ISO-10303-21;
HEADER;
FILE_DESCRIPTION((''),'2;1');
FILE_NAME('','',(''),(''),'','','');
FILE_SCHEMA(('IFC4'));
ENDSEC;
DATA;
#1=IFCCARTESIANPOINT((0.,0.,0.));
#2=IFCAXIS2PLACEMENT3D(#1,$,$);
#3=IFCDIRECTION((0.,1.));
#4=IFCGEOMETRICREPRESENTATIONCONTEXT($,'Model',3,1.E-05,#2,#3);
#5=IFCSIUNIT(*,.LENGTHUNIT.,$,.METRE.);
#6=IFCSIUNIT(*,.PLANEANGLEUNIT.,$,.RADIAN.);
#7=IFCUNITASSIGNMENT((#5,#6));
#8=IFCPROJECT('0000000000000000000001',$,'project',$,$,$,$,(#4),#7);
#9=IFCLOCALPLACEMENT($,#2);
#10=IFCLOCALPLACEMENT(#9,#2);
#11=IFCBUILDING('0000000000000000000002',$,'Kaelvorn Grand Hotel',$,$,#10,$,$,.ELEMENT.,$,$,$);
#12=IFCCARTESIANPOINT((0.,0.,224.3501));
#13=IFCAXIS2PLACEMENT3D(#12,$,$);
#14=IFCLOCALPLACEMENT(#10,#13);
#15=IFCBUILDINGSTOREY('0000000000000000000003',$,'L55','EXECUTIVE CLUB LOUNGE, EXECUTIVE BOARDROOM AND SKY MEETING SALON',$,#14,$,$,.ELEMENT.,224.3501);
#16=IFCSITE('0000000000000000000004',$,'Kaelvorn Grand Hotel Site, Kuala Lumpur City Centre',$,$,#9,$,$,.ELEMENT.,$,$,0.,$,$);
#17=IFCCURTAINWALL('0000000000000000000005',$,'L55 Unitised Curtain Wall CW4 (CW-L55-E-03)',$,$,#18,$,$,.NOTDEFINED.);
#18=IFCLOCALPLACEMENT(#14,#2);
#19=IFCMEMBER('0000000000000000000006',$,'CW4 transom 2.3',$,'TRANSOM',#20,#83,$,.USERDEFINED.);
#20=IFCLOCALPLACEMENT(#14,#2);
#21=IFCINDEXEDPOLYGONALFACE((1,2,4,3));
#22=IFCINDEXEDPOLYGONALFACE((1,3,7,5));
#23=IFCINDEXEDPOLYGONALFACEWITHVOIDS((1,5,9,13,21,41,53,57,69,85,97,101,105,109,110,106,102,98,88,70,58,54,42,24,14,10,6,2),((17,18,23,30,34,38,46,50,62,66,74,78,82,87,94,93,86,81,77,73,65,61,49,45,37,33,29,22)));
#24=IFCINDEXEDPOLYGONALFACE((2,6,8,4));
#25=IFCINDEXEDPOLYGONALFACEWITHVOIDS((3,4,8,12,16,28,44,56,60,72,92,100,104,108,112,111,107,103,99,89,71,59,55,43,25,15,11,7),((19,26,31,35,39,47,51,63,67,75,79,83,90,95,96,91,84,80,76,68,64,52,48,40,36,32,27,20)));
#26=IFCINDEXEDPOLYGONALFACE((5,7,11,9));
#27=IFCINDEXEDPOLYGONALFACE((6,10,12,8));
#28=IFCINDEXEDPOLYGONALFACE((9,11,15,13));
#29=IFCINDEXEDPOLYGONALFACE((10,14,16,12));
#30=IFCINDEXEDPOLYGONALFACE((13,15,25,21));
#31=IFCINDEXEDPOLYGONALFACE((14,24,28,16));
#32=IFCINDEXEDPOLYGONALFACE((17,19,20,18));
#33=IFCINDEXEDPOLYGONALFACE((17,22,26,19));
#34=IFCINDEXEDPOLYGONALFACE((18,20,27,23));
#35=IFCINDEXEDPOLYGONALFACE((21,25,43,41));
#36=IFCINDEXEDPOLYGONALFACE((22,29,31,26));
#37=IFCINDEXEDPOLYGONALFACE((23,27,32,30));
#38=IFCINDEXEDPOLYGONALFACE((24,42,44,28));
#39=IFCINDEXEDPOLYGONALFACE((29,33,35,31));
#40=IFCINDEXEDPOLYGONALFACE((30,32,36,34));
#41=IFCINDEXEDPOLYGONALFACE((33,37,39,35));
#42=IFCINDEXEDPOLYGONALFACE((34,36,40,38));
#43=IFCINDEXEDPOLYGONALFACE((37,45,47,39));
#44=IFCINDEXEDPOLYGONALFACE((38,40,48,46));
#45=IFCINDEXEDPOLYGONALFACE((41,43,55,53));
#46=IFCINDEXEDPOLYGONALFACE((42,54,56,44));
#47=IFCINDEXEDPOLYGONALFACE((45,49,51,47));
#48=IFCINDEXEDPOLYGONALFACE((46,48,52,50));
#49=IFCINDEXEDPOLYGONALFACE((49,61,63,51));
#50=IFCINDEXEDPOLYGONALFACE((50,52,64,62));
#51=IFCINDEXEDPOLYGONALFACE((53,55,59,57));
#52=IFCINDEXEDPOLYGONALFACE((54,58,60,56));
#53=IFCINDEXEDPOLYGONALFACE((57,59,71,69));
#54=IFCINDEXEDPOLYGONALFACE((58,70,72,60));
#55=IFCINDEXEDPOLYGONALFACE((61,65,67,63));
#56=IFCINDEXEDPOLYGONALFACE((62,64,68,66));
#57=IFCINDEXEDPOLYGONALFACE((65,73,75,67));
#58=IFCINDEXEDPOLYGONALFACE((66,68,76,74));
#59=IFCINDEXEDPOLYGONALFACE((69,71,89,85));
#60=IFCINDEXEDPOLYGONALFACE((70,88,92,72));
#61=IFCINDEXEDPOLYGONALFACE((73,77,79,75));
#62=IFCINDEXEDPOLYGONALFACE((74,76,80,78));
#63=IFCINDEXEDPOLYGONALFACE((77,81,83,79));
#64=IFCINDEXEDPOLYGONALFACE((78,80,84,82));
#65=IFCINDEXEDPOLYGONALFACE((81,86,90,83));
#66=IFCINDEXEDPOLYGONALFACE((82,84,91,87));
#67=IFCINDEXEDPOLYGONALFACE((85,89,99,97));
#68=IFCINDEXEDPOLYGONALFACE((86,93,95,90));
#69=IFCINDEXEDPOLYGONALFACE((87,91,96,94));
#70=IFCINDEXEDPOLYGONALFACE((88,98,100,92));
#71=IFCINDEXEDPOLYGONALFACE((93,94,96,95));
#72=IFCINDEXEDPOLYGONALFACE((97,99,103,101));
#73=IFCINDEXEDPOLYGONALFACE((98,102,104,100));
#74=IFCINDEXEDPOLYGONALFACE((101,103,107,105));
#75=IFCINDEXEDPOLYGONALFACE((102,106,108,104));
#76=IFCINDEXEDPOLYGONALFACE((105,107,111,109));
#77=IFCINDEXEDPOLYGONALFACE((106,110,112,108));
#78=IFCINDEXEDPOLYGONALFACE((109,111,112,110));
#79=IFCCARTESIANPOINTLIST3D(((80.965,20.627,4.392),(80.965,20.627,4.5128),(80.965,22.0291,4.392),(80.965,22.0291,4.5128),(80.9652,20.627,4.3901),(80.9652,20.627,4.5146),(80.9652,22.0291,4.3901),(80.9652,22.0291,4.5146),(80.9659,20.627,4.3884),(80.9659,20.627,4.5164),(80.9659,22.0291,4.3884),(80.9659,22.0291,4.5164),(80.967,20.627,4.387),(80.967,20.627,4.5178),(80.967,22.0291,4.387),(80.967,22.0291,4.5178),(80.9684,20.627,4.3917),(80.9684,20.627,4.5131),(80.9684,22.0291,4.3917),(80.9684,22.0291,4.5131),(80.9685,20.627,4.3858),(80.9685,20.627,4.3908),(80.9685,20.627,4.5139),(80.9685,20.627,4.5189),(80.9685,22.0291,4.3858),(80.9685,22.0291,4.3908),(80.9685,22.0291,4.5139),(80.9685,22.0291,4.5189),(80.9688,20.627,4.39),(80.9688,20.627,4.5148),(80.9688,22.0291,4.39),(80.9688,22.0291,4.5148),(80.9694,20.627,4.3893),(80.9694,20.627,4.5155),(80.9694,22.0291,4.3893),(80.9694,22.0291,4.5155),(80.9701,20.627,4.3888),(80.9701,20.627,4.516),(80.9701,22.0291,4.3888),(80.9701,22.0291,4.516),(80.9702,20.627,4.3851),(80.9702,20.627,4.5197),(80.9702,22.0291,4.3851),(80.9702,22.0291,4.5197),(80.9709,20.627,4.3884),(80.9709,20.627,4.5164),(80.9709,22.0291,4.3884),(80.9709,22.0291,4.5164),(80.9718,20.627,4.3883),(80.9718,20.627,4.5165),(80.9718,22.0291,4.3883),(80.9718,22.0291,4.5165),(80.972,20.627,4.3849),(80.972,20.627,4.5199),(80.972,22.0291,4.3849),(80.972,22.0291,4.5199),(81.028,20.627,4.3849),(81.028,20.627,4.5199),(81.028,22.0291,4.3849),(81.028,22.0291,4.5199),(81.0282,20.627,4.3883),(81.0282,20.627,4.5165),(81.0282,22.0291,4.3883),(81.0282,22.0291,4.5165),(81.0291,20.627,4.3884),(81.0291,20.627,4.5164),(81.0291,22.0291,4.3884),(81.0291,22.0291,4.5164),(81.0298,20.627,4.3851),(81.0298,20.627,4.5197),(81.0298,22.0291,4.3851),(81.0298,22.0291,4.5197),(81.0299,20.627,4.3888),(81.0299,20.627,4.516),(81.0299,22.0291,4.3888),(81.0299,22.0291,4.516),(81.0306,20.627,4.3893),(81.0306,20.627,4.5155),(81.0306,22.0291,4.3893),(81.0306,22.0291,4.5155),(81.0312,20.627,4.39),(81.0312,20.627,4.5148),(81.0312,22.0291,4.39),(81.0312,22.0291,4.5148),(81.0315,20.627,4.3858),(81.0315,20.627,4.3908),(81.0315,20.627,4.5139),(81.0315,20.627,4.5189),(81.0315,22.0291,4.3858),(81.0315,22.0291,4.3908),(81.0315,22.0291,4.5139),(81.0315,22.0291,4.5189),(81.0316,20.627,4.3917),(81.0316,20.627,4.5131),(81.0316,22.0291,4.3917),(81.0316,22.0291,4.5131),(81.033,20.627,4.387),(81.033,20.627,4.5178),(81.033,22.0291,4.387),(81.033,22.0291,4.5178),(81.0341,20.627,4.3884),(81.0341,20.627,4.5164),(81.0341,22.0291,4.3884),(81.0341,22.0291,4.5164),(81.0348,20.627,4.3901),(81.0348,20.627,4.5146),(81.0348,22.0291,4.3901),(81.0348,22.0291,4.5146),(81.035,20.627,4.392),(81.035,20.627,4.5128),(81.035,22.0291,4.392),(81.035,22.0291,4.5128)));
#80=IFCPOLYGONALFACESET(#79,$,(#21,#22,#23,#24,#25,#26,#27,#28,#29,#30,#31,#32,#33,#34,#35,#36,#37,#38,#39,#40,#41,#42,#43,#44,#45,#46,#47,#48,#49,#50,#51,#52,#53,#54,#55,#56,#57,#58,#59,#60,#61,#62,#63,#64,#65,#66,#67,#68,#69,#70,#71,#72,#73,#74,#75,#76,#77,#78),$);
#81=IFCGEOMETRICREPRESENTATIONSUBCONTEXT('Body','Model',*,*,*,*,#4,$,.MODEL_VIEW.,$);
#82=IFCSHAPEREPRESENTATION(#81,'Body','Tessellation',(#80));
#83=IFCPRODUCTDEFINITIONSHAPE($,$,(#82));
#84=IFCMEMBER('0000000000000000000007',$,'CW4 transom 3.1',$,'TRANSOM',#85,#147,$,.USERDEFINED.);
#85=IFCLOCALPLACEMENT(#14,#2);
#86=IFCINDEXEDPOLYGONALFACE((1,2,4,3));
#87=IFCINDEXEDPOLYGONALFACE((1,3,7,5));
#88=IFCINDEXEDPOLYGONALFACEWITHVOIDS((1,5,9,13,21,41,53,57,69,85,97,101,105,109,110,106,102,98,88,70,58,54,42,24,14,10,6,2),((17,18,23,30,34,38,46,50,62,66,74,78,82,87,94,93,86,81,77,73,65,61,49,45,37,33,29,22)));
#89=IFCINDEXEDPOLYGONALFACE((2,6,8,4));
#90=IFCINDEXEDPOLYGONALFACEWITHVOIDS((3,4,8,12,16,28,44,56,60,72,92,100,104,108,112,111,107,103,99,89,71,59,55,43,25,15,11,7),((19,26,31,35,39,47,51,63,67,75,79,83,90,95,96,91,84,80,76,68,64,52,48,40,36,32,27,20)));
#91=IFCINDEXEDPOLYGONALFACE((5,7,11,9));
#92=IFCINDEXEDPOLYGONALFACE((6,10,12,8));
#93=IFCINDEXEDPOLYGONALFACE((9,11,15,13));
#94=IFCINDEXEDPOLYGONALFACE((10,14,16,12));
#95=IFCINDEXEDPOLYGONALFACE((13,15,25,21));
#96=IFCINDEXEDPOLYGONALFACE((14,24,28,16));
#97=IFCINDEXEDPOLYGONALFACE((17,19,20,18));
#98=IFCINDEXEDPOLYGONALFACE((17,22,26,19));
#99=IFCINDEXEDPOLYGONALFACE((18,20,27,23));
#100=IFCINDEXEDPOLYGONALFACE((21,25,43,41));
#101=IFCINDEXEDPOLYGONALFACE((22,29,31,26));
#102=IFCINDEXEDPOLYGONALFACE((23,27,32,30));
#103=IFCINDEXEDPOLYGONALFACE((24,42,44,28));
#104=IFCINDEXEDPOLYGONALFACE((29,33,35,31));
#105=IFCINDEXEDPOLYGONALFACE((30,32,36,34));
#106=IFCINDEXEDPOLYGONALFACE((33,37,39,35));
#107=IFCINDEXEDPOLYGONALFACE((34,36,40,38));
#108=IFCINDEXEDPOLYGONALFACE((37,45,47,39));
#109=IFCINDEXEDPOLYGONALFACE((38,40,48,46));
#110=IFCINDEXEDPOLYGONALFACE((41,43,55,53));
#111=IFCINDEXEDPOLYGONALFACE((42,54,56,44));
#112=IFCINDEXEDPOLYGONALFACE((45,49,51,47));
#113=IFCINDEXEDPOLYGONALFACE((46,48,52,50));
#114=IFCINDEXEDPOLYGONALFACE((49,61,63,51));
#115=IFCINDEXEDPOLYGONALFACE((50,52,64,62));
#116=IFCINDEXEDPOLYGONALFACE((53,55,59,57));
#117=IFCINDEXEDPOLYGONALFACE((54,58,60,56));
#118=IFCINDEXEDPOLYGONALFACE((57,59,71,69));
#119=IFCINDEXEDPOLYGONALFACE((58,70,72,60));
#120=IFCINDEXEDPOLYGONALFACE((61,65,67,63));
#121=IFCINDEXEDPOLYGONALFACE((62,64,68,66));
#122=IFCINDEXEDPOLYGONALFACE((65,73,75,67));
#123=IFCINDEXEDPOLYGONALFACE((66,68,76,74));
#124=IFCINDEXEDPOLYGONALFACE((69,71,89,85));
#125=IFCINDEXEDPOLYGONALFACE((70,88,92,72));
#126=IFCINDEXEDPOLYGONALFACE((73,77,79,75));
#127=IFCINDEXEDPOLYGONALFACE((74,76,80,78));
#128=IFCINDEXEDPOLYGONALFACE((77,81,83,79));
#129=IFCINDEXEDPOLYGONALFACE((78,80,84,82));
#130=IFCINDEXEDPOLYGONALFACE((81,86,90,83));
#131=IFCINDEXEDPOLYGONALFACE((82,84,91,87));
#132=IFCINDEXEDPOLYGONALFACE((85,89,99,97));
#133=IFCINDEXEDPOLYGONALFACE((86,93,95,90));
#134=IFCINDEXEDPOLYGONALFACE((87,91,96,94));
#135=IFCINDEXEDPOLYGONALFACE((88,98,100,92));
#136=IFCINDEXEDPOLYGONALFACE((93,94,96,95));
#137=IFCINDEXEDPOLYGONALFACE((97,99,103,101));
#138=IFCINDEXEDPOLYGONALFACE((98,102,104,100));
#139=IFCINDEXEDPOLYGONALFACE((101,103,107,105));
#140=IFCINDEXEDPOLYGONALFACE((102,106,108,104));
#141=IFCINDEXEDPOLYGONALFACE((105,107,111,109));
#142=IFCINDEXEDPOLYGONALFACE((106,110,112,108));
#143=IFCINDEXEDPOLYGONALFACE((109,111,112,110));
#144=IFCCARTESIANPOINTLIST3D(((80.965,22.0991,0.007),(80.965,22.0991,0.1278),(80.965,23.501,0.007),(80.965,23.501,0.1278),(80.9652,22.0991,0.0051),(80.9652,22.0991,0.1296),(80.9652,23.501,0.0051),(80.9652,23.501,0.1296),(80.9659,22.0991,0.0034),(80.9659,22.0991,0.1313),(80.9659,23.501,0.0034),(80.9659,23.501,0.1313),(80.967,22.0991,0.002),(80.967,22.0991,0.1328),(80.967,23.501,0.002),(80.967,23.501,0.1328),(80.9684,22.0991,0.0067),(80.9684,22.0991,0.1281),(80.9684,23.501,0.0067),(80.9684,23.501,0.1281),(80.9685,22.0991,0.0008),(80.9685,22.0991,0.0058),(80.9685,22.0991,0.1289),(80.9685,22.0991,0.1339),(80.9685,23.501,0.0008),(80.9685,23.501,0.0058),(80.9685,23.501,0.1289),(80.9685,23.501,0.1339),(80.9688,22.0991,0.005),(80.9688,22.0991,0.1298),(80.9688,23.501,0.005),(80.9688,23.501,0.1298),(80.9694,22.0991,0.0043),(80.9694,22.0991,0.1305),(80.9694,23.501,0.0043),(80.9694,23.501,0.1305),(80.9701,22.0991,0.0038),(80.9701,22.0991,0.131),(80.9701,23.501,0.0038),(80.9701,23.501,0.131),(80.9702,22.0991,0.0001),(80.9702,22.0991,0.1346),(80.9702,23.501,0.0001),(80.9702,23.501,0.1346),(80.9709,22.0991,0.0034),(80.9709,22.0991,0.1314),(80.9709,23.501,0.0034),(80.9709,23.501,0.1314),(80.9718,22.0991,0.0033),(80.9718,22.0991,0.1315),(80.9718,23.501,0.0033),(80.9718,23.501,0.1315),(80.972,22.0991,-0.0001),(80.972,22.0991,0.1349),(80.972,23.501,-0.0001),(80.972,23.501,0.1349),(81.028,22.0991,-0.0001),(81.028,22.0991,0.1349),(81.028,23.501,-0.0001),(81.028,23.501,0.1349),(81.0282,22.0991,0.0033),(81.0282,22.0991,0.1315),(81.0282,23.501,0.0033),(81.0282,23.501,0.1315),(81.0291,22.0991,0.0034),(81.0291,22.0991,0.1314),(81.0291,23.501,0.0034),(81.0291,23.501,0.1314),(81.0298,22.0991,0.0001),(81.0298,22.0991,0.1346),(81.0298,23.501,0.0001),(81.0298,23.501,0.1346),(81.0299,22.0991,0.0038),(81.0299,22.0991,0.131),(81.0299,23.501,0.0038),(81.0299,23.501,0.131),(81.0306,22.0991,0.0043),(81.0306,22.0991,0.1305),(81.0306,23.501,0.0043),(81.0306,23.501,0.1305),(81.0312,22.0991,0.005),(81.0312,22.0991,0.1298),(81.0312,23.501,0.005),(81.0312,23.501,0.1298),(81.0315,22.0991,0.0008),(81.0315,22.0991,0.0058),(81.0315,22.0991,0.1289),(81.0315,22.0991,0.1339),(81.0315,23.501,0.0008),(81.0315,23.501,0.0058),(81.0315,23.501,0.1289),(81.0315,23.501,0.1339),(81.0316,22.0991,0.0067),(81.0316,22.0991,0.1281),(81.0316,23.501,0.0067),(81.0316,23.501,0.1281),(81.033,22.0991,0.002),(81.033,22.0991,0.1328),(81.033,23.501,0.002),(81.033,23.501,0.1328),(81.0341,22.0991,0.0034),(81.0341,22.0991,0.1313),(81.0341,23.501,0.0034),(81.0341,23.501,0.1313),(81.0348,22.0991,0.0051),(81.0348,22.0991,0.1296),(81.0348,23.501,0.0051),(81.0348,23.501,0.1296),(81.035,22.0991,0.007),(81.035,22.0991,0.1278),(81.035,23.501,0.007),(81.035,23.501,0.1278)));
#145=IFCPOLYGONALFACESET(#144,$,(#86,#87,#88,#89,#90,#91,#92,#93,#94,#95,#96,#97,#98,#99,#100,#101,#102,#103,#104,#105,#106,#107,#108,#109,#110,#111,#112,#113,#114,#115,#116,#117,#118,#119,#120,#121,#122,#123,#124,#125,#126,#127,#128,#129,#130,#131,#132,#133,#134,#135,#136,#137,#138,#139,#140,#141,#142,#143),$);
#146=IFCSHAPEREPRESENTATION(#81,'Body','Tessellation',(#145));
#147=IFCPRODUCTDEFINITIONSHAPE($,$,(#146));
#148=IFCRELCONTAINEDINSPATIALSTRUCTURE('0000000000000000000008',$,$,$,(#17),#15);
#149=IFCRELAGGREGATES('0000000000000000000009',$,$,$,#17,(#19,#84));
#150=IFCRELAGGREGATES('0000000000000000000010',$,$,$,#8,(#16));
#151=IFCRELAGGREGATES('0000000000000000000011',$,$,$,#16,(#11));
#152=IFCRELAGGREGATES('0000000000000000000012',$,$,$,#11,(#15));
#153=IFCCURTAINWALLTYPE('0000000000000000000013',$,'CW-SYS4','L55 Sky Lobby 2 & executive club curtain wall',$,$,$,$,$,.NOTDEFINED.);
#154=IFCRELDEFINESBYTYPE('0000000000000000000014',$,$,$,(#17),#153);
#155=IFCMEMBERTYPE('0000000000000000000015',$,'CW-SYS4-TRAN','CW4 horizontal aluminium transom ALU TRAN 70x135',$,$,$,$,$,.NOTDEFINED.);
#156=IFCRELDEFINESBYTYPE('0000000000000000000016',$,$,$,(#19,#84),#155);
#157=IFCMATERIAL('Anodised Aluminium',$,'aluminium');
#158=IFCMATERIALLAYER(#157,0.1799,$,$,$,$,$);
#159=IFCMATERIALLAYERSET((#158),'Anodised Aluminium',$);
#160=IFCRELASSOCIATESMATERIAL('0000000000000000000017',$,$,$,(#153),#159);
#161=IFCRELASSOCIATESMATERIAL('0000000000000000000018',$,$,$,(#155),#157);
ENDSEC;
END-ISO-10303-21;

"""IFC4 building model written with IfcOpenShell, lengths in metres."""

from ifc_helpers import new_model, si_unit, direction, frame, origin, origin_2d, place, context, subcontext, project, spatial, hollow_rectangle, extrude, material, layer, layer_set, material_profile, profile_set, type_object, element, aggregate, save


model = new_model("IFC4")

# Units and contexts
model_context = context("Model", 3, precision=1e-05, world=origin(), true_north=direction((0.0, 1.0)))
body_context = subcontext(model_context, "Body", "Model", "MODEL_VIEW")
ifc_project = project(units=[si_unit("LENGTHUNIT", "METRE"), si_unit("PLANEANGLEUNIT", "RADIAN")], contexts=[model_context])

# Site, building, storey
site_placement = place(None, origin())
site = spatial("IfcSite", under=ifc_project, at=site_placement, Name="Kaelvorn Grand Hotel Site, Kuala Lumpur City Centre", CompositionType="ELEMENT", RefElevation=0.0)
building_placement = place(site_placement, origin())
building = spatial("IfcBuilding", under=site, at=building_placement, Name="Kaelvorn Grand Hotel", CompositionType="ELEMENT")
storey_placement = place(building_placement, frame((0.0, 0.0, 224.3501)))
storey = spatial("IfcBuildingStorey", under=building, at=storey_placement, Name="L55", Description="EXECUTIVE CLUB LOUNGE, EXECUTIVE BOARDROOM AND SKY MEETING SALON", CompositionType="ELEMENT", Elevation=224.3501)

# Curtain wall, members
ifc_material_1 = material(Name="Anodised Aluminium", Category="aluminium")
ifc_layer_1 = layer(ifc_material_1, 0.1799)
ifc_layer_set_1 = layer_set([ifc_layer_1], Name="Anodised Aluminium")
curtain_wall_type = type_object("IfcCurtainWallType", Name="CW-SYS4", Description="L55 Sky Lobby 2 & executive club curtain wall", PredefinedType="NOTDEFINED", material=ifc_layer_set_1)
curtain_wall_placement = place(storey_placement, origin())
curtain_wall = element("IfcCurtainWall", 1, at=curtain_wall_placement, inside=storey, type_object=curtain_wall_type, Name="L55 Unitised Curtain Wall CW4 (CW-L55-E-03)", PredefinedType="NOTDEFINED")
ifc_material_profile_1 = material_profile(ifc_material_1, hollow_rectangle(XDim=0.0701, YDim=0.135, WallThickness=0.0034, InnerFilletRadius=0.0034, OuterFilletRadius=0.0071, at=origin_2d()), Name="ALU TRAN 70x135")
ifc_profile_set_1 = profile_set([ifc_material_profile_1], Name="Anodised Aluminium")
member_type_1 = type_object("IfcMemberType", Name="CW-SYS4-TRAN", Description="CW4 horizontal aluminium transom ALU TRAN 70x135", PredefinedType="NOTDEFINED", material=ifc_profile_set_1)
member_1_placement = place(storey_placement, frame((81.0, 20.627, 4.4524), z_axis=(0.0, 1.0, 0.0), x_axis=(-1.0, 0.0, 0.0)))
member_1 = element("IfcMember", 2, at=member_1_placement, type_object=member_type_1, Name="CW4 transom 2.3", ObjectType="TRANSOM", PredefinedType="USERDEFINED", context=body_context, shape_type="SweptSolid", body=[
    extrude(hollow_rectangle(XDim=0.0701, YDim=0.135, WallThickness=0.0034, InnerFilletRadius=0.0034, OuterFilletRadius=0.0071, at=origin_2d()), origin(), (0.0, 0.0, 1.0), 1.4021),
])
member_2_placement = place(storey_placement, frame((81.0, 22.0991, 0.0674), z_axis=(0.0, 1.0, 0.0), x_axis=(-1.0, 0.0, 0.0)))
member_2 = element("IfcMember", 3, at=member_2_placement, type_object=member_type_1, Name="CW4 transom 3.1", ObjectType="TRANSOM", PredefinedType="USERDEFINED", context=body_context, shape_type="SweptSolid", body=[
    extrude(hollow_rectangle(XDim=0.0701, YDim=0.135, WallThickness=0.0034, InnerFilletRadius=0.0034, OuterFilletRadius=0.0071, at=origin_2d()), origin(), (0.0, 0.0, 1.0), 1.4019),
])
aggregate(curtain_wall, [member_1, member_2])

save(model, "model.ifc")
